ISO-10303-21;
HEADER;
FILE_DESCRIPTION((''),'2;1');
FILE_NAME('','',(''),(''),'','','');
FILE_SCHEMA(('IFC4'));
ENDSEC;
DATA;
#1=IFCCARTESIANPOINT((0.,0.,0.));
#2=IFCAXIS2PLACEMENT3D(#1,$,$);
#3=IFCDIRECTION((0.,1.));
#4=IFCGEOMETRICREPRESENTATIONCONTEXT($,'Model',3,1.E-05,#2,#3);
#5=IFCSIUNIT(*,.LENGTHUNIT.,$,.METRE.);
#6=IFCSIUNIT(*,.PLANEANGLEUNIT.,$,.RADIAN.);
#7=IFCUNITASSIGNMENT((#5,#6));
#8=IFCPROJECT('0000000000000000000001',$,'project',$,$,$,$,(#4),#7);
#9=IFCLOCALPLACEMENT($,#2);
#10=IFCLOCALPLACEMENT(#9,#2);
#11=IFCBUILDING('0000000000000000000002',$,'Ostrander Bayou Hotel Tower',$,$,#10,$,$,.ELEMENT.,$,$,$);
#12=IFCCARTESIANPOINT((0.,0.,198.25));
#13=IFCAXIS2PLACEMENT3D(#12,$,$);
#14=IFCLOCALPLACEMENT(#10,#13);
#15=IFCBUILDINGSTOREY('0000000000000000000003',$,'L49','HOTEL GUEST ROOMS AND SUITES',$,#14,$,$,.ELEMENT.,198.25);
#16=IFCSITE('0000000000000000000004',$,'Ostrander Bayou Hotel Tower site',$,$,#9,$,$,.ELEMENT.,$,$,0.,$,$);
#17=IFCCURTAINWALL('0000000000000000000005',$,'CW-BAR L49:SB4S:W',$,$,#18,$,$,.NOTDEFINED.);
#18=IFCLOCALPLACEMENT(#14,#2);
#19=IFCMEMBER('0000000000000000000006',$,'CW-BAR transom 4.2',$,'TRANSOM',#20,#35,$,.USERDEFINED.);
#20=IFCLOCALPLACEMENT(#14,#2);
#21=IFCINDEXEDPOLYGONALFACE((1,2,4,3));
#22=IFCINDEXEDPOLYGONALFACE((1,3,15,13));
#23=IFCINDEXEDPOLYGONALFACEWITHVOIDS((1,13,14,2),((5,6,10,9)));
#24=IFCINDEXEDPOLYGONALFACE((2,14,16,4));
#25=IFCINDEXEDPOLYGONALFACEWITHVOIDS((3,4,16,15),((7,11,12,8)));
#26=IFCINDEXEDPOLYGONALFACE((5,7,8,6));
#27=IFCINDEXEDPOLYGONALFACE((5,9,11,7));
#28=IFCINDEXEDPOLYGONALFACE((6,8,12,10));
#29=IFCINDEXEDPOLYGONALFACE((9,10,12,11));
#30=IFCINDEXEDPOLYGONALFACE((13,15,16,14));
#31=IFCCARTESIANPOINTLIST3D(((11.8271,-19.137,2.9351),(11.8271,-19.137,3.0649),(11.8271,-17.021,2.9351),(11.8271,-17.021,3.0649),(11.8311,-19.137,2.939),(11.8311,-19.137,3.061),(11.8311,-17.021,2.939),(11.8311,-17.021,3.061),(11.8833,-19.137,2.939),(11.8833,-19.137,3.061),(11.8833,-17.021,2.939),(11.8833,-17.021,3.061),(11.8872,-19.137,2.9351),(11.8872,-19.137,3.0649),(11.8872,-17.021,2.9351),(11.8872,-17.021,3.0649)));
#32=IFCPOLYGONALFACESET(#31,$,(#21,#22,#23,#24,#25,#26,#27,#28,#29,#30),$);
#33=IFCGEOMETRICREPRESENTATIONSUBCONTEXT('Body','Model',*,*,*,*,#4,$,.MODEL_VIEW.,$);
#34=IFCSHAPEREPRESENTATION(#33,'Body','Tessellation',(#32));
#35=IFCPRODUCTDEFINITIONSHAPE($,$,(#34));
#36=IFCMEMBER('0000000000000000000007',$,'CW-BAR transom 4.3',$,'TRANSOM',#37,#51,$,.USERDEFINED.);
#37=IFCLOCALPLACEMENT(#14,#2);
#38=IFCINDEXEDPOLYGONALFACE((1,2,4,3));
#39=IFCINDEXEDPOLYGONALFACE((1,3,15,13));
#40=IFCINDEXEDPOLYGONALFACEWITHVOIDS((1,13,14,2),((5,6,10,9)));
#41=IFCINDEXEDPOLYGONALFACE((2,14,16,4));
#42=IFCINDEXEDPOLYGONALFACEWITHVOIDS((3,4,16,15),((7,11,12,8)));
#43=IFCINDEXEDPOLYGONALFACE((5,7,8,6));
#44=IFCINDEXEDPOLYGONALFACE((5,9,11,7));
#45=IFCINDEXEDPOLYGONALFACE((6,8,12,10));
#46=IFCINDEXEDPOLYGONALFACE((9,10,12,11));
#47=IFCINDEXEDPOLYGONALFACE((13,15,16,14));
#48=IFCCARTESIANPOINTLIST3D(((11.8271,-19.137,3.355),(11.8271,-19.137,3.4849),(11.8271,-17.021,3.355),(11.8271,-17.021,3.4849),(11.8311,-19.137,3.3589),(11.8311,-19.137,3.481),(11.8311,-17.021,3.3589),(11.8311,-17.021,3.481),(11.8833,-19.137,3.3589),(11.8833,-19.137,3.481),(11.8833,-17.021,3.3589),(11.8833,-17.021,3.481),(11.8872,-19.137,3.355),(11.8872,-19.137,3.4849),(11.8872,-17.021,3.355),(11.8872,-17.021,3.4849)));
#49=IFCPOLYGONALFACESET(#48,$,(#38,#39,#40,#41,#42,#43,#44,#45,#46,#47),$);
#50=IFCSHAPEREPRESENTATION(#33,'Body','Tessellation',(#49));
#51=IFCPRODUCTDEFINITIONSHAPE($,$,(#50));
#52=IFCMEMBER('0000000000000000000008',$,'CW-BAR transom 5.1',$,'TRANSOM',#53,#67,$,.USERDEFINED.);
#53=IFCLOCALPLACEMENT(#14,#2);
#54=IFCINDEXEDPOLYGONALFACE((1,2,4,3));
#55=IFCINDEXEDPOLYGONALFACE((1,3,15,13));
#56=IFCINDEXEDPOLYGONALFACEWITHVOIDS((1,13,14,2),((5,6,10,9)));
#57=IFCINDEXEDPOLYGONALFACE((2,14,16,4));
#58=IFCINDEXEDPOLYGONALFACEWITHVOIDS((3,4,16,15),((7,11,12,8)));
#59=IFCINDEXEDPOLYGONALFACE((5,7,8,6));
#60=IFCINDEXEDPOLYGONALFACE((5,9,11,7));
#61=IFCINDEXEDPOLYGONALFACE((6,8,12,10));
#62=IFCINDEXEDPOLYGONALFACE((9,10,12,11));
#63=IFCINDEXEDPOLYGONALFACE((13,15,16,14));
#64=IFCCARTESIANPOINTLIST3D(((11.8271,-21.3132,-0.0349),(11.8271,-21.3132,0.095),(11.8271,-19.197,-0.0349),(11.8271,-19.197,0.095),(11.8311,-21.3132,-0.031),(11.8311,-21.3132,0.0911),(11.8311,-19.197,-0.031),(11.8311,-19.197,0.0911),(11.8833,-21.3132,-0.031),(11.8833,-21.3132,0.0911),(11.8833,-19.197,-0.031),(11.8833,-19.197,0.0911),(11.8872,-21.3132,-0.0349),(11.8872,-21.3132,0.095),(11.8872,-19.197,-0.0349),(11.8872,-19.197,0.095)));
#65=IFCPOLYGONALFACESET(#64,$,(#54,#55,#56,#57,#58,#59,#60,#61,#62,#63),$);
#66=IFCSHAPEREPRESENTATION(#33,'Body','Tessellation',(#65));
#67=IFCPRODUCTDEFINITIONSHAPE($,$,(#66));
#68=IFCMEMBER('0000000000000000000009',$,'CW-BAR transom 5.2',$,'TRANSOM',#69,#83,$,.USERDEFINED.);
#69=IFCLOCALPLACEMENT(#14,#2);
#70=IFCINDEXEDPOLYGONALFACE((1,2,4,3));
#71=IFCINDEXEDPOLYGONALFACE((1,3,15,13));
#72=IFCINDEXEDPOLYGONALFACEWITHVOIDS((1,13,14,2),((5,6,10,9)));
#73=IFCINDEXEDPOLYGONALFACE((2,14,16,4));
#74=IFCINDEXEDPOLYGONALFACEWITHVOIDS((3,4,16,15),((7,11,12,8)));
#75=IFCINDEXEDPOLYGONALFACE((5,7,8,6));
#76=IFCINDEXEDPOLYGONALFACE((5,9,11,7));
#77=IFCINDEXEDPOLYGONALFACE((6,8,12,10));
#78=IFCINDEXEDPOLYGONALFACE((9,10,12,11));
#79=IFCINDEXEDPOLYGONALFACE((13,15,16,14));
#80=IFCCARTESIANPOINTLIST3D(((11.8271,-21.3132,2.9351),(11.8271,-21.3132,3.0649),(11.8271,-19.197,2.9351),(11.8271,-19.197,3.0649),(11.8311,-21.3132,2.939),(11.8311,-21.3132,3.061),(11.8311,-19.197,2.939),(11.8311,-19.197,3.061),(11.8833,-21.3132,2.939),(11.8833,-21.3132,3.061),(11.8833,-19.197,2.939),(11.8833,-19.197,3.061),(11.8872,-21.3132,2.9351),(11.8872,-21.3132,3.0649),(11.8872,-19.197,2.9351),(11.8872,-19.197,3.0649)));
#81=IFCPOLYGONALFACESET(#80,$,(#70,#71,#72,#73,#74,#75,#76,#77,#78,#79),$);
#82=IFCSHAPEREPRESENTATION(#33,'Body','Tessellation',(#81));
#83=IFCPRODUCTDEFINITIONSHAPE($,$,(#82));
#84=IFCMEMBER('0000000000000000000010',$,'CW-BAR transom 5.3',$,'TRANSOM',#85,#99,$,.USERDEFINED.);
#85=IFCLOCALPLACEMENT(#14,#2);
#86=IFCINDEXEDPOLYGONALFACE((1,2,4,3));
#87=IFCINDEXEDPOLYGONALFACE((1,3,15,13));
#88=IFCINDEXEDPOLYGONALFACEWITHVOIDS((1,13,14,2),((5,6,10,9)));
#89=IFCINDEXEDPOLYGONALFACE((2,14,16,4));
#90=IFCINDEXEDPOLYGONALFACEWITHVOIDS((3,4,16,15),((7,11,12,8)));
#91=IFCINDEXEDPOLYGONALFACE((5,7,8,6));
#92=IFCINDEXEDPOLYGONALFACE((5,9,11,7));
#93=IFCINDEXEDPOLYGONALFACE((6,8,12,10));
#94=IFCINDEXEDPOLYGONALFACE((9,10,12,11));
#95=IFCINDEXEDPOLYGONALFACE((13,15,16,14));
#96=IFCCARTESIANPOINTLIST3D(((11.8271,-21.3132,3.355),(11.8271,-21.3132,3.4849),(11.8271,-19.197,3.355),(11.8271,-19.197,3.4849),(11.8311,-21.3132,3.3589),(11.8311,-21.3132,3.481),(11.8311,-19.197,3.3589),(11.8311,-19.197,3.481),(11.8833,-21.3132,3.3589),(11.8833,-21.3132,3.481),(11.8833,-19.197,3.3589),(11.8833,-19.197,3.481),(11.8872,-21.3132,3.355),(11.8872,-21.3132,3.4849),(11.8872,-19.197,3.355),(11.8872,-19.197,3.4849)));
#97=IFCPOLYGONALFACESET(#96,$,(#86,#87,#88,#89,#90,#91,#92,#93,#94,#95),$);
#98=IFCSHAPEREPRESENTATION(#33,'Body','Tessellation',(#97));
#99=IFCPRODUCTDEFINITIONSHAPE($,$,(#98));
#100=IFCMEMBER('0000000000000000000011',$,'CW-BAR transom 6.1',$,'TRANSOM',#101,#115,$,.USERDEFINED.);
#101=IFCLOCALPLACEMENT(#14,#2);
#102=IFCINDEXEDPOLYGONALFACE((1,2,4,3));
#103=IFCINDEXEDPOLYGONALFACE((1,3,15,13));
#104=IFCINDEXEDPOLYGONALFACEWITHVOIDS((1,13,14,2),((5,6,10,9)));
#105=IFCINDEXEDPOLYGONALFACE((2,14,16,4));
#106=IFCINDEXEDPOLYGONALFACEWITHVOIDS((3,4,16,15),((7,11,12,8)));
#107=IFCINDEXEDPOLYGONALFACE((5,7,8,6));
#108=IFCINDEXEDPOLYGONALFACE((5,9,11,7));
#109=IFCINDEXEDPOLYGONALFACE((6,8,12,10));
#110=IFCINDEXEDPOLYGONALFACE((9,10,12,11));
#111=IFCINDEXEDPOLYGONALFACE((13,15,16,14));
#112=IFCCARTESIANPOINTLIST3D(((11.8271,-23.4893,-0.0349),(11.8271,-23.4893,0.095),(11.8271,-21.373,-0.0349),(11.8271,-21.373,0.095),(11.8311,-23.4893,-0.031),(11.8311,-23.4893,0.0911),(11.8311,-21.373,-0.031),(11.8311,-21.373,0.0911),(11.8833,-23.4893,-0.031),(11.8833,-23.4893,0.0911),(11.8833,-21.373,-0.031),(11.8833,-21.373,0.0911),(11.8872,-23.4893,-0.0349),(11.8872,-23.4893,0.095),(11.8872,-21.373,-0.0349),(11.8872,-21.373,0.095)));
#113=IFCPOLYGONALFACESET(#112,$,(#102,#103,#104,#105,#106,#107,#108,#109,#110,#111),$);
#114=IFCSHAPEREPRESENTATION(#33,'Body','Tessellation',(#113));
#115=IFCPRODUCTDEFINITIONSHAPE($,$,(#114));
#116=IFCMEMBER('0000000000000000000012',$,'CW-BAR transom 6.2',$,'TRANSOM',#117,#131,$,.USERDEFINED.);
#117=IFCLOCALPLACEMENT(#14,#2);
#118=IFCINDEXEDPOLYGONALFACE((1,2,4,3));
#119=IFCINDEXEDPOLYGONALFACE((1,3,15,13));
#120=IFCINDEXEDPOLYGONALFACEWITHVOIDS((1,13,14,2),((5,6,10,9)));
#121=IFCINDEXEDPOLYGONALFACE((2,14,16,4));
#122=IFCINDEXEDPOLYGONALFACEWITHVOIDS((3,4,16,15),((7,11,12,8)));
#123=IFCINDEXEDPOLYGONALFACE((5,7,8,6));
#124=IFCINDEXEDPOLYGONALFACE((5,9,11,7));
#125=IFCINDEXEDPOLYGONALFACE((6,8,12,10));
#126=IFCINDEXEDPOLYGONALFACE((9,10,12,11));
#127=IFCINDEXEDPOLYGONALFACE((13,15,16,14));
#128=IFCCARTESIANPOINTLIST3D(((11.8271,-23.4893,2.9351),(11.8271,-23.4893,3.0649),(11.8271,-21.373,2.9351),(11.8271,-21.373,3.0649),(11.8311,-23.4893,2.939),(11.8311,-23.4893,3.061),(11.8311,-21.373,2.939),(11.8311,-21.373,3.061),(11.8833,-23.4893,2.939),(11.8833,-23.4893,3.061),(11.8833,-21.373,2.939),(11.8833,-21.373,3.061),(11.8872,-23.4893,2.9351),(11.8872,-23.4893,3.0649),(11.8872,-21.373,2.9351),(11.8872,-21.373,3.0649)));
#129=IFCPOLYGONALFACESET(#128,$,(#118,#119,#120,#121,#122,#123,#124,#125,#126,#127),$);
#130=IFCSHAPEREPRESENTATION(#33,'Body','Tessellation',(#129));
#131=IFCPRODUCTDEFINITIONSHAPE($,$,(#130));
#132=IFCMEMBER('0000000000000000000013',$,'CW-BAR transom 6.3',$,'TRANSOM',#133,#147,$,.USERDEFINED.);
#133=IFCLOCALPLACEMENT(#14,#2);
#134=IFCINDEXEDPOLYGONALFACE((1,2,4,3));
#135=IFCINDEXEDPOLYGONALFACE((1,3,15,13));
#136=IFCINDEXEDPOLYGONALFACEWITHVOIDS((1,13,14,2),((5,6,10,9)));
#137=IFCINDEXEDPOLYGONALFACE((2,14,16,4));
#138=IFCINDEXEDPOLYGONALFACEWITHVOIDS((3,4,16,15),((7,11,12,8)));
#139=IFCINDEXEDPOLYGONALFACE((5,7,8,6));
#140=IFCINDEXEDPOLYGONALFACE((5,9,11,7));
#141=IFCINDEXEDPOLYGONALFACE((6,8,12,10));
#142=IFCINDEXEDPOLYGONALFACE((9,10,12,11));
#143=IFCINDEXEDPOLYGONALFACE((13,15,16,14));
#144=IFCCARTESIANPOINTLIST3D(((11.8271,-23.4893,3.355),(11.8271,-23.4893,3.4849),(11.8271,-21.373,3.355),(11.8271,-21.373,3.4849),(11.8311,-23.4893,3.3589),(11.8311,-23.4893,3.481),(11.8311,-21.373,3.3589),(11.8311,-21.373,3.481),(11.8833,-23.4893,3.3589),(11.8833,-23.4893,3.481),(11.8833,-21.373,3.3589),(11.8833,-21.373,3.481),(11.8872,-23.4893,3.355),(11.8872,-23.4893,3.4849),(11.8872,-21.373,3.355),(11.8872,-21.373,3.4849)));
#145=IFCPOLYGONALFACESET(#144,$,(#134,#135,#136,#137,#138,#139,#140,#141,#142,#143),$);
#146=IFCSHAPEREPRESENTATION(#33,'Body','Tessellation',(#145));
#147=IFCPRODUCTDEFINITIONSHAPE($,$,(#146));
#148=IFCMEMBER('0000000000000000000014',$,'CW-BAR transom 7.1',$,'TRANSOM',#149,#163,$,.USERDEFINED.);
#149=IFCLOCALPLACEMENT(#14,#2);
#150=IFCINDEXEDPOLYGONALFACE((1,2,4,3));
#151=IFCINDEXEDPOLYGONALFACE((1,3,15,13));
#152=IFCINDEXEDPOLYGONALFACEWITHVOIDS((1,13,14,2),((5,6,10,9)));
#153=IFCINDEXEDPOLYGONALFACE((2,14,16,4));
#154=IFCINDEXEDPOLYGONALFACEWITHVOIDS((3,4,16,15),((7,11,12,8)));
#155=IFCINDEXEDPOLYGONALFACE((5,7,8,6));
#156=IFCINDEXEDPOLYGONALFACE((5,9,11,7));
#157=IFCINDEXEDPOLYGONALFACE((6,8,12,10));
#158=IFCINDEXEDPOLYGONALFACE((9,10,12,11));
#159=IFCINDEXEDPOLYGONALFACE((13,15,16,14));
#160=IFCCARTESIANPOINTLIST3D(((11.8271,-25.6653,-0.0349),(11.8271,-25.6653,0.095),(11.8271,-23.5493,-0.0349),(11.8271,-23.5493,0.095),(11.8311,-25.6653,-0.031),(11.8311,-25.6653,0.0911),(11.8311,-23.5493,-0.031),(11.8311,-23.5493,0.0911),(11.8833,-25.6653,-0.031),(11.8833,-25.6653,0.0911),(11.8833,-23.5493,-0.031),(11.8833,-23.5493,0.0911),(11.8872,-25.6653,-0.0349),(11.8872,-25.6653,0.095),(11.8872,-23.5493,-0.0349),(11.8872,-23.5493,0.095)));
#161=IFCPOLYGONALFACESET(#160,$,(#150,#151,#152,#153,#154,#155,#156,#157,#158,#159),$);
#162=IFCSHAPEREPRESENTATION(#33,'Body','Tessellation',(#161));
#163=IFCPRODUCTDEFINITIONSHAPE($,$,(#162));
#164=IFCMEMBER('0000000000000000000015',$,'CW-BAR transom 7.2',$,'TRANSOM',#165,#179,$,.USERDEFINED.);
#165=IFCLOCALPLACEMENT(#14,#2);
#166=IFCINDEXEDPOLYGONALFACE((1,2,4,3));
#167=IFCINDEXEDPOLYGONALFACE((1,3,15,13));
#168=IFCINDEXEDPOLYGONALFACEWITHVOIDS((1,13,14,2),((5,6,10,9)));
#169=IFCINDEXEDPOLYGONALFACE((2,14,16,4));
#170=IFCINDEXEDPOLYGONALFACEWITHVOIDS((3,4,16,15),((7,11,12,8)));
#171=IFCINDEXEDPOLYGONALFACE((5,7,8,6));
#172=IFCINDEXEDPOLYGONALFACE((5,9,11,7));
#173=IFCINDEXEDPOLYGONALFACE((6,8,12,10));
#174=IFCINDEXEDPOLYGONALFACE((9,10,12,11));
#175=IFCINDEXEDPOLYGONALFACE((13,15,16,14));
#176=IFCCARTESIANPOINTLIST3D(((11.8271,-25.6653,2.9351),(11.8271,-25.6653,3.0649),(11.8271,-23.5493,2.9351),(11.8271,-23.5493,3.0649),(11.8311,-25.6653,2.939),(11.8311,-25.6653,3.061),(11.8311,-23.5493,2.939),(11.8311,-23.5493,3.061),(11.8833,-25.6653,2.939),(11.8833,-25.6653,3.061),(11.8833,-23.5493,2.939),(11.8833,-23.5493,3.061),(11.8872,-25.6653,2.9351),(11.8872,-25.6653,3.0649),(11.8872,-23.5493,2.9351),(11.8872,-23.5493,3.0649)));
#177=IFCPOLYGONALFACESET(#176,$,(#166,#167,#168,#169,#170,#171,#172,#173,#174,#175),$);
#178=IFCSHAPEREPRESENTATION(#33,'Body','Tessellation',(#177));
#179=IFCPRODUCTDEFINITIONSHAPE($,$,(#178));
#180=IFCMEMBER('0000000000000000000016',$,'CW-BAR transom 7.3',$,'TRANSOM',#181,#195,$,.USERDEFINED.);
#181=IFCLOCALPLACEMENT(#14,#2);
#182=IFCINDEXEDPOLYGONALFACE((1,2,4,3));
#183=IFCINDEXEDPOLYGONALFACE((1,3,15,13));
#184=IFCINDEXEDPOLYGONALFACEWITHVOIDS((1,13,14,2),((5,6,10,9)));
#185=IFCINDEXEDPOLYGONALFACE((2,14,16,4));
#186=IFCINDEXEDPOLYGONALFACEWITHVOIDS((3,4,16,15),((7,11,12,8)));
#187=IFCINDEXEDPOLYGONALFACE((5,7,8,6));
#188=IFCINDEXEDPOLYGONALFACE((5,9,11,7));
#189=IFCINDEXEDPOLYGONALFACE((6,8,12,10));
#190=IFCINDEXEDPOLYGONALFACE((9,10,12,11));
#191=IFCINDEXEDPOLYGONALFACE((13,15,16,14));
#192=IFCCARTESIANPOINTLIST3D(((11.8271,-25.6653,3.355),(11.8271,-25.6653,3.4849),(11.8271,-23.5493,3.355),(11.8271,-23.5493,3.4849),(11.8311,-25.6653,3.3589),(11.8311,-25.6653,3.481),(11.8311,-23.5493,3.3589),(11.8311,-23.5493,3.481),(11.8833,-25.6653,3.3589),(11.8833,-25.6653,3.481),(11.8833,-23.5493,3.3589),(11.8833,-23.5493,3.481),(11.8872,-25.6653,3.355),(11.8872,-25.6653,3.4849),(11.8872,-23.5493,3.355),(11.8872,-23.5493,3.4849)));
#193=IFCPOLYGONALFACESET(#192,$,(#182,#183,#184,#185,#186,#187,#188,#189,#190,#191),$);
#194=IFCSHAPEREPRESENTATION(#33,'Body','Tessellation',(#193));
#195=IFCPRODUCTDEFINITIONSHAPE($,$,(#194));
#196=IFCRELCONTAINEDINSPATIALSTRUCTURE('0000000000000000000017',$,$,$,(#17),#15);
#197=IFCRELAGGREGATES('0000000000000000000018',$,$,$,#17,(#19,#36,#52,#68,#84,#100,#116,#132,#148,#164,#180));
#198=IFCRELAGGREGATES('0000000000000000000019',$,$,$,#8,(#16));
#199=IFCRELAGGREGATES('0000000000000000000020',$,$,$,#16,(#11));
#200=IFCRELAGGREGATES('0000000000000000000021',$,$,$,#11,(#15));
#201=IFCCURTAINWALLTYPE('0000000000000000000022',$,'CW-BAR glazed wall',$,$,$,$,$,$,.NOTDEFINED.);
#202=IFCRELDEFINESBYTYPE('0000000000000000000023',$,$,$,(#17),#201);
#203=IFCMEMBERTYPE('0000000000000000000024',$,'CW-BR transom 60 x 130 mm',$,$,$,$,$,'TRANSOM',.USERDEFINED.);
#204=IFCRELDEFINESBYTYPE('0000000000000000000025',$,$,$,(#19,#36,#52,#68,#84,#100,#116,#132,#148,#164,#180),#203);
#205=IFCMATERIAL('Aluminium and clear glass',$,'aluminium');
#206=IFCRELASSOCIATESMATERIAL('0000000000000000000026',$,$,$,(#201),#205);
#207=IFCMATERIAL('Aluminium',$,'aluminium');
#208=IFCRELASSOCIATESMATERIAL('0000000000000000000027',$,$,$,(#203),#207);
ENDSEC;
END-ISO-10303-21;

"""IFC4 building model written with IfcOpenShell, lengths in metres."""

from ifc_helpers import new_model, si_unit, direction, frame, origin, origin_2d, place, context, subcontext, project, spatial, hollow_rectangle, extrude, material, material_profile, profile_set, type_object, element, aggregate, save


model = new_model("IFC4")

# Units and contexts
model_context = context("Model", 3, precision=1e-05, world=origin(), true_north=direction((0.0, 1.0)))
body_context = subcontext(model_context, "Body", "Model", "MODEL_VIEW")
ifc_project = project(units=[si_unit("LENGTHUNIT", "METRE"), si_unit("PLANEANGLEUNIT", "RADIAN")], contexts=[model_context])

# Site, building, storey
site_placement = place(None, origin())
site = spatial("IfcSite", under=ifc_project, at=site_placement, Name="Ostrander Bayou Hotel Tower site", CompositionType="ELEMENT", RefElevation=0.0)
building_placement = place(site_placement, origin())
building = spatial("IfcBuilding", under=site, at=building_placement, Name="Ostrander Bayou Hotel Tower", CompositionType="ELEMENT")
storey_placement = place(building_placement, frame((0.0, 0.0, 198.25)))
storey = spatial("IfcBuildingStorey", under=building, at=storey_placement, Name="L49", Description="HOTEL GUEST ROOMS AND SUITES", CompositionType="ELEMENT", Elevation=198.25)

# Curtain wall, members
ifc_material_1 = material(Name="Aluminium and clear glass", Category="aluminium")
curtain_wall_type = type_object("IfcCurtainWallType", Name="CW-BAR glazed wall", PredefinedType="NOTDEFINED", material=ifc_material_1)
curtain_wall_placement = place(storey_placement, origin())
curtain_wall = element("IfcCurtainWall", 1, at=curtain_wall_placement, inside=storey, type_object=curtain_wall_type, Name="CW-BAR L49:SB4S:W", PredefinedType="NOTDEFINED")
ifc_material_2 = material(Name="Aluminium", Category="aluminium")
ifc_material_profile_1 = material_profile(ifc_material_2, hollow_rectangle(XDim=0.0601, YDim=0.1299, WallThickness=0.0039, at=origin_2d()))
ifc_profile_set_1 = profile_set([ifc_material_profile_1], Name="Aluminium")
member_type_1 = type_object("IfcMemberType", Name="CW-BR transom 60 x 130 mm", ElementType="TRANSOM", PredefinedType="USERDEFINED", material=ifc_profile_set_1)
member_1_placement = place(storey_placement, frame((11.8572, -17.021, 3.0), z_axis=(0.0, -1.0, 0.0), x_axis=(1.0, 0.0, 0.0)))
member_1 = element("IfcMember", 2, at=member_1_placement, type_object=member_type_1, Name="CW-BAR transom 4.2", ObjectType="TRANSOM", PredefinedType="USERDEFINED", context=body_context, shape_type="SweptSolid", body=[
    extrude(hollow_rectangle(XDim=0.0601, YDim=0.1299, WallThickness=0.0039, at=origin_2d()), origin(), (0.0, 0.0, 1.0), 2.116),
])
member_2_placement = place(storey_placement, frame((11.8572, -17.021, 3.4199), z_axis=(0.0, -1.0, 0.0), x_axis=(1.0, 0.0, 0.0)))
member_2 = element("IfcMember", 3, at=member_2_placement, type_object=member_type_1, Name="CW-BAR transom 4.3", ObjectType="TRANSOM", PredefinedType="USERDEFINED", context=body_context, shape_type="SweptSolid", body=[
    extrude(hollow_rectangle(XDim=0.0601, YDim=0.1299, WallThickness=0.0039, at=origin_2d()), origin(), (0.0, 0.0, 1.0), 2.116),
])
member_3_placement = place(storey_placement, frame((11.8572, -19.197, 0.03), z_axis=(0.0, -1.0, 0.0), x_axis=(1.0, 0.0, 0.0)))
member_3 = element("IfcMember", 4, at=member_3_placement, type_object=member_type_1, Name="CW-BAR transom 5.1", ObjectType="TRANSOM", PredefinedType="USERDEFINED", context=body_context, shape_type="SweptSolid", body=[
    extrude(hollow_rectangle(XDim=0.0601, YDim=0.1299, WallThickness=0.0039, at=origin_2d()), origin(), (0.0, 0.0, 1.0), 2.1162),
])
member_4_placement = place(storey_placement, frame((11.8572, -19.197, 3.0), z_axis=(0.0, -1.0, 0.0), x_axis=(1.0, 0.0, 0.0)))
member_4 = element("IfcMember", 5, at=member_4_placement, type_object=member_type_1, Name="CW-BAR transom 5.2", ObjectType="TRANSOM", PredefinedType="USERDEFINED", context=body_context, shape_type="SweptSolid", body=[
    extrude(hollow_rectangle(XDim=0.0601, YDim=0.1299, WallThickness=0.0039, at=origin_2d()), origin(), (0.0, 0.0, 1.0), 2.1162),
])
member_5_placement = place(storey_placement, frame((11.8572, -19.197, 3.4199), z_axis=(0.0, -1.0, 0.0), x_axis=(1.0, 0.0, 0.0)))
member_5 = element("IfcMember", 6, at=member_5_placement, type_object=member_type_1, Name="CW-BAR transom 5.3", ObjectType="TRANSOM", PredefinedType="USERDEFINED", context=body_context, shape_type="SweptSolid", body=[
    extrude(hollow_rectangle(XDim=0.0601, YDim=0.1299, WallThickness=0.0039, at=origin_2d()), origin(), (0.0, 0.0, 1.0), 2.1162),
])
member_6_placement = place(storey_placement, frame((11.8572, -21.373, 0.03), z_axis=(0.0, -1.0, 0.0), x_axis=(1.0, 0.0, 0.0)))
member_6 = element("IfcMember", 7, at=member_6_placement, type_object=member_type_1, Name="CW-BAR transom 6.1", ObjectType="TRANSOM", PredefinedType="USERDEFINED", context=body_context, shape_type="SweptSolid", body=[
    extrude(hollow_rectangle(XDim=0.0601, YDim=0.1299, WallThickness=0.0039, at=origin_2d()), origin(), (0.0, 0.0, 1.0), 2.1162),
])
member_7_placement = place(storey_placement, frame((11.8572, -21.373, 3.0), z_axis=(0.0, -1.0, 0.0), x_axis=(1.0, 0.0, 0.0)))
member_7 = element("IfcMember", 8, at=member_7_placement, type_object=member_type_1, Name="CW-BAR transom 6.2", ObjectType="TRANSOM", PredefinedType="USERDEFINED", context=body_context, shape_type="SweptSolid", body=[
    extrude(hollow_rectangle(XDim=0.0601, YDim=0.1299, WallThickness=0.0039, at=origin_2d()), origin(), (0.0, 0.0, 1.0), 2.1162),
])
member_8_placement = place(storey_placement, frame((11.8572, -21.373, 3.4199), z_axis=(0.0, -1.0, 0.0), x_axis=(1.0, 0.0, 0.0)))
member_8 = element("IfcMember", 9, at=member_8_placement, type_object=member_type_1, Name="CW-BAR transom 6.3", ObjectType="TRANSOM", PredefinedType="USERDEFINED", context=body_context, shape_type="SweptSolid", body=[
    extrude(hollow_rectangle(XDim=0.0601, YDim=0.1299, WallThickness=0.0039, at=origin_2d()), origin(), (0.0, 0.0, 1.0), 2.1162),
])
member_9_placement = place(storey_placement, frame((11.8572, -23.5493, 0.03), z_axis=(0.0, -1.0, 0.0), x_axis=(1.0, 0.0, 0.0)))
member_9 = element("IfcMember", 10, at=member_9_placement, type_object=member_type_1, Name="CW-BAR transom 7.1", ObjectType="TRANSOM", PredefinedType="USERDEFINED", context=body_context, shape_type="SweptSolid", body=[
    extrude(hollow_rectangle(XDim=0.0601, YDim=0.1299, WallThickness=0.0039, at=origin_2d()), origin(), (0.0, 0.0, 1.0), 2.116),
])
member_10_placement = place(storey_placement, frame((11.8572, -23.5493, 3.0), z_axis=(0.0, -1.0, 0.0), x_axis=(1.0, 0.0, 0.0)))
member_10 = element("IfcMember", 11, at=member_10_placement, type_object=member_type_1, Name="CW-BAR transom 7.2", ObjectType="TRANSOM", PredefinedType="USERDEFINED", context=body_context, shape_type="SweptSolid", body=[
    extrude(hollow_rectangle(XDim=0.0601, YDim=0.1299, WallThickness=0.0039, at=origin_2d()), origin(), (0.0, 0.0, 1.0), 2.116),
])
member_11_placement = place(storey_placement, frame((11.8572, -23.5493, 3.4199), z_axis=(0.0, -1.0, 0.0), x_axis=(1.0, 0.0, 0.0)))
member_11 = element("IfcMember", 12, at=member_11_placement, type_object=member_type_1, Name="CW-BAR transom 7.3", ObjectType="TRANSOM", PredefinedType="USERDEFINED", context=body_context, shape_type="SweptSolid", body=[
    extrude(hollow_rectangle(XDim=0.0601, YDim=0.1299, WallThickness=0.0039, at=origin_2d()), origin(), (0.0, 0.0, 1.0), 2.116),
])

aggregate(curtain_wall, [member_1, member_2, member_3, member_4, member_5, member_6, member_7, member_8, member_9, member_10, member_11])

save(model, "model.ifc")
